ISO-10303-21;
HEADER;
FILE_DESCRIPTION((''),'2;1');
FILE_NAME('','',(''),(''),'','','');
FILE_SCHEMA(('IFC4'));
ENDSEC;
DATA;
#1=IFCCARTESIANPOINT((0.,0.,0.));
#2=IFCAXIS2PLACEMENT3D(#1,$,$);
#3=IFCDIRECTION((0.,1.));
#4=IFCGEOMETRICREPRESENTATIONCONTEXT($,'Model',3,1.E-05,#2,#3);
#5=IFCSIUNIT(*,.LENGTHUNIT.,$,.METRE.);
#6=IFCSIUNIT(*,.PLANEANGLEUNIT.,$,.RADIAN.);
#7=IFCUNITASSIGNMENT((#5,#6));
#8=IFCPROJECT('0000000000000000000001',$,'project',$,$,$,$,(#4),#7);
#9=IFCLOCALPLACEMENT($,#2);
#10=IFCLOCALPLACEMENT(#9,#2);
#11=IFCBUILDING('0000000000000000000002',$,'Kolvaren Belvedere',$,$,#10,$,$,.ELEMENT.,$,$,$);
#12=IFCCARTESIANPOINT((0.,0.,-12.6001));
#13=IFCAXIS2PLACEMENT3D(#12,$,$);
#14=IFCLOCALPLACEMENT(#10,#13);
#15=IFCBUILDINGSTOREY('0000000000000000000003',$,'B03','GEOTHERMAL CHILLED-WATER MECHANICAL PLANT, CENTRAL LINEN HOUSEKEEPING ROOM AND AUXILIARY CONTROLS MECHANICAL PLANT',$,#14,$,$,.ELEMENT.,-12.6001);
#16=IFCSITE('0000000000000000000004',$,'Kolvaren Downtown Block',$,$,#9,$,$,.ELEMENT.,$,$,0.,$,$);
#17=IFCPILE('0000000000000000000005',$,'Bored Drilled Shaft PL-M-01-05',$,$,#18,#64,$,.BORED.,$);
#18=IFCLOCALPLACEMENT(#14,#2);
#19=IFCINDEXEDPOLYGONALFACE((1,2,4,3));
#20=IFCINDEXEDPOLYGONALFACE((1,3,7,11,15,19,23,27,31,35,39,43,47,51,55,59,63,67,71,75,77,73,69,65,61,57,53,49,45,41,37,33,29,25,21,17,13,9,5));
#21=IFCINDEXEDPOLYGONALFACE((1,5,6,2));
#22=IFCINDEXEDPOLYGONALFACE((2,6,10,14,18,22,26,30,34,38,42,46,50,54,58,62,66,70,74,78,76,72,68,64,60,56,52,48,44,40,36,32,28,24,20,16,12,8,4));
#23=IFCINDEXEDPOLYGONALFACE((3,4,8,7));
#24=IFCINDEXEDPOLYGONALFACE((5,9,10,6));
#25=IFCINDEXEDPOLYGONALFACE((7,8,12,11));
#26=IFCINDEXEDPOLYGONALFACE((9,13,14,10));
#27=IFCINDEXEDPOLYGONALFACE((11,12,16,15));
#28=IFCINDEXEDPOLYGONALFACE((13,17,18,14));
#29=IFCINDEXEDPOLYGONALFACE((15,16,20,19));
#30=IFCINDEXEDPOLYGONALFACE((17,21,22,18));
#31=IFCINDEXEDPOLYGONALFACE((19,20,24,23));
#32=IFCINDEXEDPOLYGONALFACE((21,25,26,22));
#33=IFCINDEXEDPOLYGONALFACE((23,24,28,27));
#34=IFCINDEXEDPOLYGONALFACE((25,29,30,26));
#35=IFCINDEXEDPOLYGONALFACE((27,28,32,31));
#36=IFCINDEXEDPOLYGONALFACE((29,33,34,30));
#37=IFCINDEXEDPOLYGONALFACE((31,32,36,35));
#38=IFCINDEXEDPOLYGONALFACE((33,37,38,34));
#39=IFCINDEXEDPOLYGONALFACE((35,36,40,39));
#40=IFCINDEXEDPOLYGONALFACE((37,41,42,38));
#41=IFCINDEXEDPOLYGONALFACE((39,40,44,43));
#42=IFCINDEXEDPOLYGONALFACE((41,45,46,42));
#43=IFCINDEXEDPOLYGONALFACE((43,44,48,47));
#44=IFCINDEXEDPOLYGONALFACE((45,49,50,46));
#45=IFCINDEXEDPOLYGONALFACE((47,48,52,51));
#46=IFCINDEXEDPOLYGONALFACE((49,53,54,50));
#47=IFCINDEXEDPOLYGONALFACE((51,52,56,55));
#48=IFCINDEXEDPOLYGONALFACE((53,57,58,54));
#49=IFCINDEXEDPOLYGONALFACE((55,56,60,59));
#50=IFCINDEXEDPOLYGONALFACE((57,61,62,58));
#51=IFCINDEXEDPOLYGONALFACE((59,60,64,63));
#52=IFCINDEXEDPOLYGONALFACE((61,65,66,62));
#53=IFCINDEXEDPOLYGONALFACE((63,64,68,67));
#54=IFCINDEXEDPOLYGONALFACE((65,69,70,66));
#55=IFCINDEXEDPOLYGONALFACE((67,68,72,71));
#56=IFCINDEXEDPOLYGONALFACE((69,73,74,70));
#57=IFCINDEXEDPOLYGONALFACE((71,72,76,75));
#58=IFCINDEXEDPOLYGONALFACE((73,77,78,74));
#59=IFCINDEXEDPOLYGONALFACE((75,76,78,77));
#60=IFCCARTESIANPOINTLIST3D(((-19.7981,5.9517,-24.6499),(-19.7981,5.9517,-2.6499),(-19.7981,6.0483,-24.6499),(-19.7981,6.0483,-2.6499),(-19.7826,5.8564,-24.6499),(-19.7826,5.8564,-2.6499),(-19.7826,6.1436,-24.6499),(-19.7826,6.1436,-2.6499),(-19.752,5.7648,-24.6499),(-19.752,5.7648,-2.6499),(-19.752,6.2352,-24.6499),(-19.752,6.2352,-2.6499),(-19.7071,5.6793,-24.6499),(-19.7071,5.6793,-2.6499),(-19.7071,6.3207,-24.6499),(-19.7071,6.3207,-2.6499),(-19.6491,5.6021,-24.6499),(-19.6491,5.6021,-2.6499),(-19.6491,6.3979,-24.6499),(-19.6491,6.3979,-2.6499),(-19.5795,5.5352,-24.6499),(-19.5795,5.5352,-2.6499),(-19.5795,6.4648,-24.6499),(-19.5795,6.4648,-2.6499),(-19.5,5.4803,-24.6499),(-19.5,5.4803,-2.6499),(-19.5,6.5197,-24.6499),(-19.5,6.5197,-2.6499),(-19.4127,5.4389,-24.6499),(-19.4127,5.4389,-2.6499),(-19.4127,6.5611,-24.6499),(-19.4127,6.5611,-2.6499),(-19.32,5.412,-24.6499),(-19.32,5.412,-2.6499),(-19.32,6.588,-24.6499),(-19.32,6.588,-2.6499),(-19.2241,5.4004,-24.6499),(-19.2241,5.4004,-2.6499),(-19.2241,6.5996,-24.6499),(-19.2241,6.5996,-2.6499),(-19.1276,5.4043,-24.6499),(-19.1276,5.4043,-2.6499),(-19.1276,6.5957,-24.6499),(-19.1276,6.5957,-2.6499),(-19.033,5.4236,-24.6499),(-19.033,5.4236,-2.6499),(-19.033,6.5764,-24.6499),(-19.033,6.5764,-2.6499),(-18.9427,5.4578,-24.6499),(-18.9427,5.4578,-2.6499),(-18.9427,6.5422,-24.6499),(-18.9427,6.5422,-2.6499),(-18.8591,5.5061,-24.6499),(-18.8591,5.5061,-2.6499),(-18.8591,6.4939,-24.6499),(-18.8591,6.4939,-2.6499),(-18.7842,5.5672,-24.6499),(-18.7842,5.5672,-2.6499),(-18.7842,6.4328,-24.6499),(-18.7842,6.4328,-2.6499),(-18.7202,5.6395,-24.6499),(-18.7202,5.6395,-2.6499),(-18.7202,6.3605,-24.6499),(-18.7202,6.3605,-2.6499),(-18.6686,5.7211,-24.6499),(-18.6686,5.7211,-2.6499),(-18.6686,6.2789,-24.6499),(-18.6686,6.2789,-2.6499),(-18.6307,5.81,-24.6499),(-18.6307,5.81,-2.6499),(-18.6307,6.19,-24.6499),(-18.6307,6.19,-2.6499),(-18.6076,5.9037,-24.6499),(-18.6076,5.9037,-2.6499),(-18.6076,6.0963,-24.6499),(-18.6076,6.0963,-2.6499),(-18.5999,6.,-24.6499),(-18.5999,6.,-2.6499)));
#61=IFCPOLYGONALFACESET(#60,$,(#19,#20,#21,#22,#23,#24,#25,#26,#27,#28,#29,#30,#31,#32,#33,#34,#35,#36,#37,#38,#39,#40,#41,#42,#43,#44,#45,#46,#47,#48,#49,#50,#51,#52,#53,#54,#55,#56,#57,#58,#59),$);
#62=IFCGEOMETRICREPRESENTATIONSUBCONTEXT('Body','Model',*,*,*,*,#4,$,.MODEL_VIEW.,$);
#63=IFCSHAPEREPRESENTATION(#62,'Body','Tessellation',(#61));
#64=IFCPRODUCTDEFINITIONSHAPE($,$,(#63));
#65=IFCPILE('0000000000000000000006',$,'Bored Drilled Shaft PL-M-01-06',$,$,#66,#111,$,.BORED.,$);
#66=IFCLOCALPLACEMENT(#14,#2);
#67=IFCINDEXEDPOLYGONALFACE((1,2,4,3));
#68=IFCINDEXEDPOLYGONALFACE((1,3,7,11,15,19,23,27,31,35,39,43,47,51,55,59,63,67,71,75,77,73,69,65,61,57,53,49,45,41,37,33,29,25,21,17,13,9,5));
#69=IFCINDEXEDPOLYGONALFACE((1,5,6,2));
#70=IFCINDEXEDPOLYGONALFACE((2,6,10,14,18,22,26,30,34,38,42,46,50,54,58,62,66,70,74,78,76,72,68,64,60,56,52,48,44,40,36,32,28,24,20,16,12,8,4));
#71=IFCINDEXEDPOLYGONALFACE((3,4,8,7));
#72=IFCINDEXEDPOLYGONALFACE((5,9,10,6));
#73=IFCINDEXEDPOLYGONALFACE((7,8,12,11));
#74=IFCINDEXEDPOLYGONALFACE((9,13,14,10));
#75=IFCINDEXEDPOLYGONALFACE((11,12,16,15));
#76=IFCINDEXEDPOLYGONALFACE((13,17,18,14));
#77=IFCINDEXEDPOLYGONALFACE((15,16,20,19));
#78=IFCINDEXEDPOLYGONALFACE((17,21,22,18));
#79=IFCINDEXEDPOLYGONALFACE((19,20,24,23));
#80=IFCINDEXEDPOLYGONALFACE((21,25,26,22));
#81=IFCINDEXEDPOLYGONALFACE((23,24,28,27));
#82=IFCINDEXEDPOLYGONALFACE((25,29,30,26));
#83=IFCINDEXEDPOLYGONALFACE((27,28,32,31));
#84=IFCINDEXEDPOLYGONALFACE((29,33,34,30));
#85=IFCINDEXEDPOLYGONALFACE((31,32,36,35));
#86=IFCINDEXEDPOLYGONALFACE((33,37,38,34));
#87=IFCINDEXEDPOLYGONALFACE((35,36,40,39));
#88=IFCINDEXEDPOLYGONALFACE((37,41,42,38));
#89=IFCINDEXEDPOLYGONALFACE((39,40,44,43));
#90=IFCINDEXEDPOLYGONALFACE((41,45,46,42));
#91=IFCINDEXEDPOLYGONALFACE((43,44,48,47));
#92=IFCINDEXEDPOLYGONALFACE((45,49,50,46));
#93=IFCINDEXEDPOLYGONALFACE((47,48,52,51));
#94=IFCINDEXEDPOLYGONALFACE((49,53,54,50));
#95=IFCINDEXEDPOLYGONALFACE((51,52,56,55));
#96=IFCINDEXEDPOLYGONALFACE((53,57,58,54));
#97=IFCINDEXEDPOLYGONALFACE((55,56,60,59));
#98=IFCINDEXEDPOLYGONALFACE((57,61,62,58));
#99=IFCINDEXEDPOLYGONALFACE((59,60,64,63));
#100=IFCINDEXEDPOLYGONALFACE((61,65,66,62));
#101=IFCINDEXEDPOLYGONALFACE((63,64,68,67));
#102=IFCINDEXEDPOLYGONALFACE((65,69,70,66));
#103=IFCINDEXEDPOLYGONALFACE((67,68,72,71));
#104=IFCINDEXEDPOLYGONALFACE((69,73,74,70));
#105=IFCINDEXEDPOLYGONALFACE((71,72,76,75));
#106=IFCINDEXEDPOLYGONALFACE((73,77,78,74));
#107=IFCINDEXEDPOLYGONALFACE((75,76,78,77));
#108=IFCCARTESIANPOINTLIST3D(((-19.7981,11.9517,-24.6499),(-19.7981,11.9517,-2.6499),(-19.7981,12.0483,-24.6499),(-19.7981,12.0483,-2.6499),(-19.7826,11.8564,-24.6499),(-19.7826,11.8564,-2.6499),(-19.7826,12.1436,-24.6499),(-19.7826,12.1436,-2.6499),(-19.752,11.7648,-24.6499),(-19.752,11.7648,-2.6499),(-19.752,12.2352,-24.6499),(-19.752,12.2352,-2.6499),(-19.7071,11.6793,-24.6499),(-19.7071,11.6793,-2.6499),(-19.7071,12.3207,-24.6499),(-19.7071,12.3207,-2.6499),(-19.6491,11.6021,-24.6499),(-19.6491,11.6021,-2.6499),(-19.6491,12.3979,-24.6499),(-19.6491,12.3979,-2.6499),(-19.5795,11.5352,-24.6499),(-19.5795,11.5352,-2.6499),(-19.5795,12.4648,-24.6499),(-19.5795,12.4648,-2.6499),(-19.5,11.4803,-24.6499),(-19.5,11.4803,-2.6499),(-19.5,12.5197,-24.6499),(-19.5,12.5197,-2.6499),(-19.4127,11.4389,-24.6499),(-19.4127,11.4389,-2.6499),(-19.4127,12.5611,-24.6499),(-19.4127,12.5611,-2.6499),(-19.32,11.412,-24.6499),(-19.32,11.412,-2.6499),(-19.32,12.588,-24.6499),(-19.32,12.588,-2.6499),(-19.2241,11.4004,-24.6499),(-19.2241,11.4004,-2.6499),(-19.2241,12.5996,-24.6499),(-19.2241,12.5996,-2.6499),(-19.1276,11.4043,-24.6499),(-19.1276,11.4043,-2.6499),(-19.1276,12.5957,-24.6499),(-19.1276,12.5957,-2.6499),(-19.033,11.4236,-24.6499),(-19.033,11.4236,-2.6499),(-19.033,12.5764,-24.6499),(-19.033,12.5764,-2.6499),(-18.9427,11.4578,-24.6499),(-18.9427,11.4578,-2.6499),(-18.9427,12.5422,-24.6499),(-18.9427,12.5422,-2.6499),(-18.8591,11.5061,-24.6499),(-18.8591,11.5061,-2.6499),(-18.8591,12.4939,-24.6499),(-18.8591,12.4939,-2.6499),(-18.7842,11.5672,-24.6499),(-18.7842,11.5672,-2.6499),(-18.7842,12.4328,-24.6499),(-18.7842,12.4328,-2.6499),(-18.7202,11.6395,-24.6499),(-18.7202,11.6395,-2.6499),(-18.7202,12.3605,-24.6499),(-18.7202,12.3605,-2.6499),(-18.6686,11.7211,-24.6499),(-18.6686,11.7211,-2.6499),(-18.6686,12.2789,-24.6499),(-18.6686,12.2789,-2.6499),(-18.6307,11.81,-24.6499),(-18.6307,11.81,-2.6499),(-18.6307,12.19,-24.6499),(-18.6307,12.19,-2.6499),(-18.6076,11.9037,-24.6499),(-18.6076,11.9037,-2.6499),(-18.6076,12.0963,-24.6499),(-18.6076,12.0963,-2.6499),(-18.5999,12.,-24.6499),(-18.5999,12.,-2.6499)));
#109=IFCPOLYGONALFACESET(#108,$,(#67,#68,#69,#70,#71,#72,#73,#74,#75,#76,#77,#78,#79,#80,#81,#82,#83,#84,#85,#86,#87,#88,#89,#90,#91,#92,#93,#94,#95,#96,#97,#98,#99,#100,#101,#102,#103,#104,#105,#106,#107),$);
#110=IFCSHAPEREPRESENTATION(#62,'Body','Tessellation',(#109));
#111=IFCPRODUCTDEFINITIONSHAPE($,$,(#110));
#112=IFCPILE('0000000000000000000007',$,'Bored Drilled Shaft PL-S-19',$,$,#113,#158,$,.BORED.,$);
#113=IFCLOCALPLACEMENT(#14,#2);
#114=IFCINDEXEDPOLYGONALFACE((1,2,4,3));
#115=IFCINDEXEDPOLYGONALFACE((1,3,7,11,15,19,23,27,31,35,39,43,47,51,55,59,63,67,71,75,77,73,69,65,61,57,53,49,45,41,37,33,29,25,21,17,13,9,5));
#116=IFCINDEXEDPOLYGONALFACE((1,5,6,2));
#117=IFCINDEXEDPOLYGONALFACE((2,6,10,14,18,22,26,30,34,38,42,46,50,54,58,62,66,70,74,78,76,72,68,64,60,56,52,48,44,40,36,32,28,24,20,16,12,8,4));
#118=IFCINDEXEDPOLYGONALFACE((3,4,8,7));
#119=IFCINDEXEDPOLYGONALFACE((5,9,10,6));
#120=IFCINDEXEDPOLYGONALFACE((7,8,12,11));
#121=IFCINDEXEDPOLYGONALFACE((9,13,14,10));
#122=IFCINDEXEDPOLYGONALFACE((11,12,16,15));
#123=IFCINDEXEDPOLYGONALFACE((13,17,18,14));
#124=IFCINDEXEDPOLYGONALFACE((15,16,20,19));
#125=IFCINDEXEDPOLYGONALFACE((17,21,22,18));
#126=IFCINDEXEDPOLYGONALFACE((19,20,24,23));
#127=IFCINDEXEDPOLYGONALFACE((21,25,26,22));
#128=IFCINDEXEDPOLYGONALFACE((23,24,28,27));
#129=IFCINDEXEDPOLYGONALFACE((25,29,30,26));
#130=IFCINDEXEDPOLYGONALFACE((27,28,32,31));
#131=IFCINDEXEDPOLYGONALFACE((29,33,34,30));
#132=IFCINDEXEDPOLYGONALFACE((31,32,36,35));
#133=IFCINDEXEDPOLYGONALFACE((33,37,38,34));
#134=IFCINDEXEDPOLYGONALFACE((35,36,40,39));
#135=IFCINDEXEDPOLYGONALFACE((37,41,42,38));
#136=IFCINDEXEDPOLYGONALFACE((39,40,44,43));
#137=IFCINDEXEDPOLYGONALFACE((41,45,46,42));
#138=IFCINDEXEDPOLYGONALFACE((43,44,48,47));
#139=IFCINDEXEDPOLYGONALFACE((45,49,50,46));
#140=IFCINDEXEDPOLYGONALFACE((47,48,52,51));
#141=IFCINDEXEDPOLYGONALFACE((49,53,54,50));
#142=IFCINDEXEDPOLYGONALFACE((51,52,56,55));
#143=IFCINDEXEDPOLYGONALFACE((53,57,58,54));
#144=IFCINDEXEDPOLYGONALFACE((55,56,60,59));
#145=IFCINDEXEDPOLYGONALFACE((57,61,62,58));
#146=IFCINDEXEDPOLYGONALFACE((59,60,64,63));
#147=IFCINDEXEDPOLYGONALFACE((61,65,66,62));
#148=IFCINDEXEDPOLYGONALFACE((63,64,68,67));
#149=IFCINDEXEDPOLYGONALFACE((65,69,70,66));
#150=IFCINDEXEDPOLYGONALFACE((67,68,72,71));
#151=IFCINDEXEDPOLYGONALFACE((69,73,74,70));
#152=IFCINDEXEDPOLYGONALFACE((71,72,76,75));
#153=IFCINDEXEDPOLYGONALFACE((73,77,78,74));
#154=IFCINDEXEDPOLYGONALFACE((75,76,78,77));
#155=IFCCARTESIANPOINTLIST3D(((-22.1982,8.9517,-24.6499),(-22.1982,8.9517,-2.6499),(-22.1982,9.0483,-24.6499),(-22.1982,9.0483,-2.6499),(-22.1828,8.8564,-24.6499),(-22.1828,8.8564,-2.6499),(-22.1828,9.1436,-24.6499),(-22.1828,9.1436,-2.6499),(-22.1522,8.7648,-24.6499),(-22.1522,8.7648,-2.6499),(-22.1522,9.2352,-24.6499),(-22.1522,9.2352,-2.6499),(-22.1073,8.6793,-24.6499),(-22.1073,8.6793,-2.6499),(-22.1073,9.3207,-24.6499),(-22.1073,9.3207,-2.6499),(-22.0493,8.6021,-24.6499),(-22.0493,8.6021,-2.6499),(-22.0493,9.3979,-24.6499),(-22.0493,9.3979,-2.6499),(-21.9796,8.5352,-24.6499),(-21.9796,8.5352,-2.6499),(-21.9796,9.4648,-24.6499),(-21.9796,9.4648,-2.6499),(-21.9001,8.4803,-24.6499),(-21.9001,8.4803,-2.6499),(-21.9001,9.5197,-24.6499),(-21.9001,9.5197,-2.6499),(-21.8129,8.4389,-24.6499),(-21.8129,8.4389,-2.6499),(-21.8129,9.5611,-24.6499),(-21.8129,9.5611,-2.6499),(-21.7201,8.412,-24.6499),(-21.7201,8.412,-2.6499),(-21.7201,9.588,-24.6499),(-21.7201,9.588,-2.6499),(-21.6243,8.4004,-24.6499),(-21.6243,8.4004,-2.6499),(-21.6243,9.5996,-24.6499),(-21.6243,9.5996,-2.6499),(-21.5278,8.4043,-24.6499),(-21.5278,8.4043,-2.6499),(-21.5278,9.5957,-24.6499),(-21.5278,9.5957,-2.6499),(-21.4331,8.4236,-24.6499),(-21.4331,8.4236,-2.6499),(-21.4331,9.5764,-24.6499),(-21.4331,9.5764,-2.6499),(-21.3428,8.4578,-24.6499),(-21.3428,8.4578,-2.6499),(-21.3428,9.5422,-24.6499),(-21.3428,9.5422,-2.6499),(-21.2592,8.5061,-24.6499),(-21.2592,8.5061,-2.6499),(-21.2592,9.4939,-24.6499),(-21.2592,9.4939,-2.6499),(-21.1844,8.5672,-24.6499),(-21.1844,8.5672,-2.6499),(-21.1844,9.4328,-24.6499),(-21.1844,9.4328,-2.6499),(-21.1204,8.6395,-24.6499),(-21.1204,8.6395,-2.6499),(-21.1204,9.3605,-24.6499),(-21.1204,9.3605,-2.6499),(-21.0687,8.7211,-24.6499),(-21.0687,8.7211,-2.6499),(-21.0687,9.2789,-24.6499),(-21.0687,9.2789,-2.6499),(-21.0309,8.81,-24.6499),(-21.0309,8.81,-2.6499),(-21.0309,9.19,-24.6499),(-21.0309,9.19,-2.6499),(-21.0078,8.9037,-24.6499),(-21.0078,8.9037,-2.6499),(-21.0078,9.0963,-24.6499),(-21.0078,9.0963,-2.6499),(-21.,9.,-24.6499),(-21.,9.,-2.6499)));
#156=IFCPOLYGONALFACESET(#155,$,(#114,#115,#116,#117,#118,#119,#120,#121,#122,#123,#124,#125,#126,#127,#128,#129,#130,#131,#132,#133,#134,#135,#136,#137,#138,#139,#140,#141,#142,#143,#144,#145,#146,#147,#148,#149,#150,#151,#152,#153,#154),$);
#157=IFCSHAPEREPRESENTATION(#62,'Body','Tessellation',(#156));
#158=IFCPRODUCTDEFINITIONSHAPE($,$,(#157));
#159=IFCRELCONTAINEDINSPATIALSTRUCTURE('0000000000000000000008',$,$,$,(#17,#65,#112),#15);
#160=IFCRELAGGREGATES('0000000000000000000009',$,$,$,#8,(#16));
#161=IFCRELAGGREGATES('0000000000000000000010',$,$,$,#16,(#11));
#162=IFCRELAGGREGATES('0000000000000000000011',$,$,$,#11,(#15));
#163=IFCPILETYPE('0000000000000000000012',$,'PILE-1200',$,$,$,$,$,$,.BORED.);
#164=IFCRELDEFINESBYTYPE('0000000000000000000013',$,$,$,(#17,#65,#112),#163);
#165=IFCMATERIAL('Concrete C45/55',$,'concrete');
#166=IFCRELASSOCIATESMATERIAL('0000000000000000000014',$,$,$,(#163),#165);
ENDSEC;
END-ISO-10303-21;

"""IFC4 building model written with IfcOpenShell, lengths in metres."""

from ifc_helpers import new_model, si_unit, direction, frame, origin, origin_2d, place, context, subcontext, project, spatial, circle, extrude, material, material_profile, profile_set, type_object, element, save


model = new_model("IFC4")

# Units and contexts
model_context = context("Model", 3, precision=1e-05, world=origin(), true_north=direction((0.0, 1.0)))
body_context = subcontext(model_context, "Body", "Model", "MODEL_VIEW")
ifc_project = project(units=[si_unit("LENGTHUNIT", "METRE"), si_unit("PLANEANGLEUNIT", "RADIAN")], contexts=[model_context])

# Site, building, storey
site_placement = place(None, origin())
site = spatial("IfcSite", under=ifc_project, at=site_placement, Name="Kolvaren Downtown Block", CompositionType="ELEMENT", RefElevation=0.0)
building_placement = place(site_placement, origin())
building = spatial("IfcBuilding", under=site, at=building_placement, Name="Kolvaren Belvedere", CompositionType="ELEMENT")
storey_placement = place(building_placement, frame((0.0, 0.0, -12.6001)))
storey = spatial("IfcBuildingStorey", under=building, at=storey_placement, Name="B03", Description="GEOTHERMAL CHILLED-WATER MECHANICAL PLANT, CENTRAL LINEN HOUSEKEEPING ROOM AND AUXILIARY CONTROLS MECHANICAL PLANT", CompositionType="ELEMENT", Elevation=-12.6001)

# Piles
ifc_material_1 = material(Name="Concrete C45/55", Category="concrete")
ifc_material_profile_1 = material_profile(ifc_material_1, circle(Radius=0.6001, at=origin_2d()), Name="BORED PILE D1200")
ifc_profile_set_1 = profile_set([ifc_material_profile_1], Name="Concrete C45/55")
pile_type_1 = type_object("IfcPileType", Name="PILE-1200", PredefinedType="BORED", material=ifc_profile_set_1)
for number, where, z_axis, x_axis, name in (
    (1, (-19.2, 6.0, -2.6499), (0.0, 0.0, -1.0), (1.0, 0.0, 0.0), "Bored Drilled Shaft PL-M-01-05"),
    (2, (-19.2, 12.0, -2.6499), (0.0, 0.0, -1.0), (1.0, 0.0, 0.0), "Bored Drilled Shaft PL-M-01-06"),
    (3, (-21.6001, 9.0, -2.6499), (0.0, 0.0, -1.0), (1.0, 0.0, 0.0), "Bored Drilled Shaft PL-S-19"),
):
    element("IfcPile", number, at=place(storey_placement, frame(where, z_axis=z_axis, x_axis=x_axis)), inside=storey, type_object=pile_type_1, Name=name, PredefinedType="BORED", context=body_context, shape_type="SweptSolid", body=[
        extrude(circle(Radius=0.6001, at=origin_2d()), origin(), (0.0, 0.0, 1.0), 22.0),
    ])

save(model, "model.ifc")
